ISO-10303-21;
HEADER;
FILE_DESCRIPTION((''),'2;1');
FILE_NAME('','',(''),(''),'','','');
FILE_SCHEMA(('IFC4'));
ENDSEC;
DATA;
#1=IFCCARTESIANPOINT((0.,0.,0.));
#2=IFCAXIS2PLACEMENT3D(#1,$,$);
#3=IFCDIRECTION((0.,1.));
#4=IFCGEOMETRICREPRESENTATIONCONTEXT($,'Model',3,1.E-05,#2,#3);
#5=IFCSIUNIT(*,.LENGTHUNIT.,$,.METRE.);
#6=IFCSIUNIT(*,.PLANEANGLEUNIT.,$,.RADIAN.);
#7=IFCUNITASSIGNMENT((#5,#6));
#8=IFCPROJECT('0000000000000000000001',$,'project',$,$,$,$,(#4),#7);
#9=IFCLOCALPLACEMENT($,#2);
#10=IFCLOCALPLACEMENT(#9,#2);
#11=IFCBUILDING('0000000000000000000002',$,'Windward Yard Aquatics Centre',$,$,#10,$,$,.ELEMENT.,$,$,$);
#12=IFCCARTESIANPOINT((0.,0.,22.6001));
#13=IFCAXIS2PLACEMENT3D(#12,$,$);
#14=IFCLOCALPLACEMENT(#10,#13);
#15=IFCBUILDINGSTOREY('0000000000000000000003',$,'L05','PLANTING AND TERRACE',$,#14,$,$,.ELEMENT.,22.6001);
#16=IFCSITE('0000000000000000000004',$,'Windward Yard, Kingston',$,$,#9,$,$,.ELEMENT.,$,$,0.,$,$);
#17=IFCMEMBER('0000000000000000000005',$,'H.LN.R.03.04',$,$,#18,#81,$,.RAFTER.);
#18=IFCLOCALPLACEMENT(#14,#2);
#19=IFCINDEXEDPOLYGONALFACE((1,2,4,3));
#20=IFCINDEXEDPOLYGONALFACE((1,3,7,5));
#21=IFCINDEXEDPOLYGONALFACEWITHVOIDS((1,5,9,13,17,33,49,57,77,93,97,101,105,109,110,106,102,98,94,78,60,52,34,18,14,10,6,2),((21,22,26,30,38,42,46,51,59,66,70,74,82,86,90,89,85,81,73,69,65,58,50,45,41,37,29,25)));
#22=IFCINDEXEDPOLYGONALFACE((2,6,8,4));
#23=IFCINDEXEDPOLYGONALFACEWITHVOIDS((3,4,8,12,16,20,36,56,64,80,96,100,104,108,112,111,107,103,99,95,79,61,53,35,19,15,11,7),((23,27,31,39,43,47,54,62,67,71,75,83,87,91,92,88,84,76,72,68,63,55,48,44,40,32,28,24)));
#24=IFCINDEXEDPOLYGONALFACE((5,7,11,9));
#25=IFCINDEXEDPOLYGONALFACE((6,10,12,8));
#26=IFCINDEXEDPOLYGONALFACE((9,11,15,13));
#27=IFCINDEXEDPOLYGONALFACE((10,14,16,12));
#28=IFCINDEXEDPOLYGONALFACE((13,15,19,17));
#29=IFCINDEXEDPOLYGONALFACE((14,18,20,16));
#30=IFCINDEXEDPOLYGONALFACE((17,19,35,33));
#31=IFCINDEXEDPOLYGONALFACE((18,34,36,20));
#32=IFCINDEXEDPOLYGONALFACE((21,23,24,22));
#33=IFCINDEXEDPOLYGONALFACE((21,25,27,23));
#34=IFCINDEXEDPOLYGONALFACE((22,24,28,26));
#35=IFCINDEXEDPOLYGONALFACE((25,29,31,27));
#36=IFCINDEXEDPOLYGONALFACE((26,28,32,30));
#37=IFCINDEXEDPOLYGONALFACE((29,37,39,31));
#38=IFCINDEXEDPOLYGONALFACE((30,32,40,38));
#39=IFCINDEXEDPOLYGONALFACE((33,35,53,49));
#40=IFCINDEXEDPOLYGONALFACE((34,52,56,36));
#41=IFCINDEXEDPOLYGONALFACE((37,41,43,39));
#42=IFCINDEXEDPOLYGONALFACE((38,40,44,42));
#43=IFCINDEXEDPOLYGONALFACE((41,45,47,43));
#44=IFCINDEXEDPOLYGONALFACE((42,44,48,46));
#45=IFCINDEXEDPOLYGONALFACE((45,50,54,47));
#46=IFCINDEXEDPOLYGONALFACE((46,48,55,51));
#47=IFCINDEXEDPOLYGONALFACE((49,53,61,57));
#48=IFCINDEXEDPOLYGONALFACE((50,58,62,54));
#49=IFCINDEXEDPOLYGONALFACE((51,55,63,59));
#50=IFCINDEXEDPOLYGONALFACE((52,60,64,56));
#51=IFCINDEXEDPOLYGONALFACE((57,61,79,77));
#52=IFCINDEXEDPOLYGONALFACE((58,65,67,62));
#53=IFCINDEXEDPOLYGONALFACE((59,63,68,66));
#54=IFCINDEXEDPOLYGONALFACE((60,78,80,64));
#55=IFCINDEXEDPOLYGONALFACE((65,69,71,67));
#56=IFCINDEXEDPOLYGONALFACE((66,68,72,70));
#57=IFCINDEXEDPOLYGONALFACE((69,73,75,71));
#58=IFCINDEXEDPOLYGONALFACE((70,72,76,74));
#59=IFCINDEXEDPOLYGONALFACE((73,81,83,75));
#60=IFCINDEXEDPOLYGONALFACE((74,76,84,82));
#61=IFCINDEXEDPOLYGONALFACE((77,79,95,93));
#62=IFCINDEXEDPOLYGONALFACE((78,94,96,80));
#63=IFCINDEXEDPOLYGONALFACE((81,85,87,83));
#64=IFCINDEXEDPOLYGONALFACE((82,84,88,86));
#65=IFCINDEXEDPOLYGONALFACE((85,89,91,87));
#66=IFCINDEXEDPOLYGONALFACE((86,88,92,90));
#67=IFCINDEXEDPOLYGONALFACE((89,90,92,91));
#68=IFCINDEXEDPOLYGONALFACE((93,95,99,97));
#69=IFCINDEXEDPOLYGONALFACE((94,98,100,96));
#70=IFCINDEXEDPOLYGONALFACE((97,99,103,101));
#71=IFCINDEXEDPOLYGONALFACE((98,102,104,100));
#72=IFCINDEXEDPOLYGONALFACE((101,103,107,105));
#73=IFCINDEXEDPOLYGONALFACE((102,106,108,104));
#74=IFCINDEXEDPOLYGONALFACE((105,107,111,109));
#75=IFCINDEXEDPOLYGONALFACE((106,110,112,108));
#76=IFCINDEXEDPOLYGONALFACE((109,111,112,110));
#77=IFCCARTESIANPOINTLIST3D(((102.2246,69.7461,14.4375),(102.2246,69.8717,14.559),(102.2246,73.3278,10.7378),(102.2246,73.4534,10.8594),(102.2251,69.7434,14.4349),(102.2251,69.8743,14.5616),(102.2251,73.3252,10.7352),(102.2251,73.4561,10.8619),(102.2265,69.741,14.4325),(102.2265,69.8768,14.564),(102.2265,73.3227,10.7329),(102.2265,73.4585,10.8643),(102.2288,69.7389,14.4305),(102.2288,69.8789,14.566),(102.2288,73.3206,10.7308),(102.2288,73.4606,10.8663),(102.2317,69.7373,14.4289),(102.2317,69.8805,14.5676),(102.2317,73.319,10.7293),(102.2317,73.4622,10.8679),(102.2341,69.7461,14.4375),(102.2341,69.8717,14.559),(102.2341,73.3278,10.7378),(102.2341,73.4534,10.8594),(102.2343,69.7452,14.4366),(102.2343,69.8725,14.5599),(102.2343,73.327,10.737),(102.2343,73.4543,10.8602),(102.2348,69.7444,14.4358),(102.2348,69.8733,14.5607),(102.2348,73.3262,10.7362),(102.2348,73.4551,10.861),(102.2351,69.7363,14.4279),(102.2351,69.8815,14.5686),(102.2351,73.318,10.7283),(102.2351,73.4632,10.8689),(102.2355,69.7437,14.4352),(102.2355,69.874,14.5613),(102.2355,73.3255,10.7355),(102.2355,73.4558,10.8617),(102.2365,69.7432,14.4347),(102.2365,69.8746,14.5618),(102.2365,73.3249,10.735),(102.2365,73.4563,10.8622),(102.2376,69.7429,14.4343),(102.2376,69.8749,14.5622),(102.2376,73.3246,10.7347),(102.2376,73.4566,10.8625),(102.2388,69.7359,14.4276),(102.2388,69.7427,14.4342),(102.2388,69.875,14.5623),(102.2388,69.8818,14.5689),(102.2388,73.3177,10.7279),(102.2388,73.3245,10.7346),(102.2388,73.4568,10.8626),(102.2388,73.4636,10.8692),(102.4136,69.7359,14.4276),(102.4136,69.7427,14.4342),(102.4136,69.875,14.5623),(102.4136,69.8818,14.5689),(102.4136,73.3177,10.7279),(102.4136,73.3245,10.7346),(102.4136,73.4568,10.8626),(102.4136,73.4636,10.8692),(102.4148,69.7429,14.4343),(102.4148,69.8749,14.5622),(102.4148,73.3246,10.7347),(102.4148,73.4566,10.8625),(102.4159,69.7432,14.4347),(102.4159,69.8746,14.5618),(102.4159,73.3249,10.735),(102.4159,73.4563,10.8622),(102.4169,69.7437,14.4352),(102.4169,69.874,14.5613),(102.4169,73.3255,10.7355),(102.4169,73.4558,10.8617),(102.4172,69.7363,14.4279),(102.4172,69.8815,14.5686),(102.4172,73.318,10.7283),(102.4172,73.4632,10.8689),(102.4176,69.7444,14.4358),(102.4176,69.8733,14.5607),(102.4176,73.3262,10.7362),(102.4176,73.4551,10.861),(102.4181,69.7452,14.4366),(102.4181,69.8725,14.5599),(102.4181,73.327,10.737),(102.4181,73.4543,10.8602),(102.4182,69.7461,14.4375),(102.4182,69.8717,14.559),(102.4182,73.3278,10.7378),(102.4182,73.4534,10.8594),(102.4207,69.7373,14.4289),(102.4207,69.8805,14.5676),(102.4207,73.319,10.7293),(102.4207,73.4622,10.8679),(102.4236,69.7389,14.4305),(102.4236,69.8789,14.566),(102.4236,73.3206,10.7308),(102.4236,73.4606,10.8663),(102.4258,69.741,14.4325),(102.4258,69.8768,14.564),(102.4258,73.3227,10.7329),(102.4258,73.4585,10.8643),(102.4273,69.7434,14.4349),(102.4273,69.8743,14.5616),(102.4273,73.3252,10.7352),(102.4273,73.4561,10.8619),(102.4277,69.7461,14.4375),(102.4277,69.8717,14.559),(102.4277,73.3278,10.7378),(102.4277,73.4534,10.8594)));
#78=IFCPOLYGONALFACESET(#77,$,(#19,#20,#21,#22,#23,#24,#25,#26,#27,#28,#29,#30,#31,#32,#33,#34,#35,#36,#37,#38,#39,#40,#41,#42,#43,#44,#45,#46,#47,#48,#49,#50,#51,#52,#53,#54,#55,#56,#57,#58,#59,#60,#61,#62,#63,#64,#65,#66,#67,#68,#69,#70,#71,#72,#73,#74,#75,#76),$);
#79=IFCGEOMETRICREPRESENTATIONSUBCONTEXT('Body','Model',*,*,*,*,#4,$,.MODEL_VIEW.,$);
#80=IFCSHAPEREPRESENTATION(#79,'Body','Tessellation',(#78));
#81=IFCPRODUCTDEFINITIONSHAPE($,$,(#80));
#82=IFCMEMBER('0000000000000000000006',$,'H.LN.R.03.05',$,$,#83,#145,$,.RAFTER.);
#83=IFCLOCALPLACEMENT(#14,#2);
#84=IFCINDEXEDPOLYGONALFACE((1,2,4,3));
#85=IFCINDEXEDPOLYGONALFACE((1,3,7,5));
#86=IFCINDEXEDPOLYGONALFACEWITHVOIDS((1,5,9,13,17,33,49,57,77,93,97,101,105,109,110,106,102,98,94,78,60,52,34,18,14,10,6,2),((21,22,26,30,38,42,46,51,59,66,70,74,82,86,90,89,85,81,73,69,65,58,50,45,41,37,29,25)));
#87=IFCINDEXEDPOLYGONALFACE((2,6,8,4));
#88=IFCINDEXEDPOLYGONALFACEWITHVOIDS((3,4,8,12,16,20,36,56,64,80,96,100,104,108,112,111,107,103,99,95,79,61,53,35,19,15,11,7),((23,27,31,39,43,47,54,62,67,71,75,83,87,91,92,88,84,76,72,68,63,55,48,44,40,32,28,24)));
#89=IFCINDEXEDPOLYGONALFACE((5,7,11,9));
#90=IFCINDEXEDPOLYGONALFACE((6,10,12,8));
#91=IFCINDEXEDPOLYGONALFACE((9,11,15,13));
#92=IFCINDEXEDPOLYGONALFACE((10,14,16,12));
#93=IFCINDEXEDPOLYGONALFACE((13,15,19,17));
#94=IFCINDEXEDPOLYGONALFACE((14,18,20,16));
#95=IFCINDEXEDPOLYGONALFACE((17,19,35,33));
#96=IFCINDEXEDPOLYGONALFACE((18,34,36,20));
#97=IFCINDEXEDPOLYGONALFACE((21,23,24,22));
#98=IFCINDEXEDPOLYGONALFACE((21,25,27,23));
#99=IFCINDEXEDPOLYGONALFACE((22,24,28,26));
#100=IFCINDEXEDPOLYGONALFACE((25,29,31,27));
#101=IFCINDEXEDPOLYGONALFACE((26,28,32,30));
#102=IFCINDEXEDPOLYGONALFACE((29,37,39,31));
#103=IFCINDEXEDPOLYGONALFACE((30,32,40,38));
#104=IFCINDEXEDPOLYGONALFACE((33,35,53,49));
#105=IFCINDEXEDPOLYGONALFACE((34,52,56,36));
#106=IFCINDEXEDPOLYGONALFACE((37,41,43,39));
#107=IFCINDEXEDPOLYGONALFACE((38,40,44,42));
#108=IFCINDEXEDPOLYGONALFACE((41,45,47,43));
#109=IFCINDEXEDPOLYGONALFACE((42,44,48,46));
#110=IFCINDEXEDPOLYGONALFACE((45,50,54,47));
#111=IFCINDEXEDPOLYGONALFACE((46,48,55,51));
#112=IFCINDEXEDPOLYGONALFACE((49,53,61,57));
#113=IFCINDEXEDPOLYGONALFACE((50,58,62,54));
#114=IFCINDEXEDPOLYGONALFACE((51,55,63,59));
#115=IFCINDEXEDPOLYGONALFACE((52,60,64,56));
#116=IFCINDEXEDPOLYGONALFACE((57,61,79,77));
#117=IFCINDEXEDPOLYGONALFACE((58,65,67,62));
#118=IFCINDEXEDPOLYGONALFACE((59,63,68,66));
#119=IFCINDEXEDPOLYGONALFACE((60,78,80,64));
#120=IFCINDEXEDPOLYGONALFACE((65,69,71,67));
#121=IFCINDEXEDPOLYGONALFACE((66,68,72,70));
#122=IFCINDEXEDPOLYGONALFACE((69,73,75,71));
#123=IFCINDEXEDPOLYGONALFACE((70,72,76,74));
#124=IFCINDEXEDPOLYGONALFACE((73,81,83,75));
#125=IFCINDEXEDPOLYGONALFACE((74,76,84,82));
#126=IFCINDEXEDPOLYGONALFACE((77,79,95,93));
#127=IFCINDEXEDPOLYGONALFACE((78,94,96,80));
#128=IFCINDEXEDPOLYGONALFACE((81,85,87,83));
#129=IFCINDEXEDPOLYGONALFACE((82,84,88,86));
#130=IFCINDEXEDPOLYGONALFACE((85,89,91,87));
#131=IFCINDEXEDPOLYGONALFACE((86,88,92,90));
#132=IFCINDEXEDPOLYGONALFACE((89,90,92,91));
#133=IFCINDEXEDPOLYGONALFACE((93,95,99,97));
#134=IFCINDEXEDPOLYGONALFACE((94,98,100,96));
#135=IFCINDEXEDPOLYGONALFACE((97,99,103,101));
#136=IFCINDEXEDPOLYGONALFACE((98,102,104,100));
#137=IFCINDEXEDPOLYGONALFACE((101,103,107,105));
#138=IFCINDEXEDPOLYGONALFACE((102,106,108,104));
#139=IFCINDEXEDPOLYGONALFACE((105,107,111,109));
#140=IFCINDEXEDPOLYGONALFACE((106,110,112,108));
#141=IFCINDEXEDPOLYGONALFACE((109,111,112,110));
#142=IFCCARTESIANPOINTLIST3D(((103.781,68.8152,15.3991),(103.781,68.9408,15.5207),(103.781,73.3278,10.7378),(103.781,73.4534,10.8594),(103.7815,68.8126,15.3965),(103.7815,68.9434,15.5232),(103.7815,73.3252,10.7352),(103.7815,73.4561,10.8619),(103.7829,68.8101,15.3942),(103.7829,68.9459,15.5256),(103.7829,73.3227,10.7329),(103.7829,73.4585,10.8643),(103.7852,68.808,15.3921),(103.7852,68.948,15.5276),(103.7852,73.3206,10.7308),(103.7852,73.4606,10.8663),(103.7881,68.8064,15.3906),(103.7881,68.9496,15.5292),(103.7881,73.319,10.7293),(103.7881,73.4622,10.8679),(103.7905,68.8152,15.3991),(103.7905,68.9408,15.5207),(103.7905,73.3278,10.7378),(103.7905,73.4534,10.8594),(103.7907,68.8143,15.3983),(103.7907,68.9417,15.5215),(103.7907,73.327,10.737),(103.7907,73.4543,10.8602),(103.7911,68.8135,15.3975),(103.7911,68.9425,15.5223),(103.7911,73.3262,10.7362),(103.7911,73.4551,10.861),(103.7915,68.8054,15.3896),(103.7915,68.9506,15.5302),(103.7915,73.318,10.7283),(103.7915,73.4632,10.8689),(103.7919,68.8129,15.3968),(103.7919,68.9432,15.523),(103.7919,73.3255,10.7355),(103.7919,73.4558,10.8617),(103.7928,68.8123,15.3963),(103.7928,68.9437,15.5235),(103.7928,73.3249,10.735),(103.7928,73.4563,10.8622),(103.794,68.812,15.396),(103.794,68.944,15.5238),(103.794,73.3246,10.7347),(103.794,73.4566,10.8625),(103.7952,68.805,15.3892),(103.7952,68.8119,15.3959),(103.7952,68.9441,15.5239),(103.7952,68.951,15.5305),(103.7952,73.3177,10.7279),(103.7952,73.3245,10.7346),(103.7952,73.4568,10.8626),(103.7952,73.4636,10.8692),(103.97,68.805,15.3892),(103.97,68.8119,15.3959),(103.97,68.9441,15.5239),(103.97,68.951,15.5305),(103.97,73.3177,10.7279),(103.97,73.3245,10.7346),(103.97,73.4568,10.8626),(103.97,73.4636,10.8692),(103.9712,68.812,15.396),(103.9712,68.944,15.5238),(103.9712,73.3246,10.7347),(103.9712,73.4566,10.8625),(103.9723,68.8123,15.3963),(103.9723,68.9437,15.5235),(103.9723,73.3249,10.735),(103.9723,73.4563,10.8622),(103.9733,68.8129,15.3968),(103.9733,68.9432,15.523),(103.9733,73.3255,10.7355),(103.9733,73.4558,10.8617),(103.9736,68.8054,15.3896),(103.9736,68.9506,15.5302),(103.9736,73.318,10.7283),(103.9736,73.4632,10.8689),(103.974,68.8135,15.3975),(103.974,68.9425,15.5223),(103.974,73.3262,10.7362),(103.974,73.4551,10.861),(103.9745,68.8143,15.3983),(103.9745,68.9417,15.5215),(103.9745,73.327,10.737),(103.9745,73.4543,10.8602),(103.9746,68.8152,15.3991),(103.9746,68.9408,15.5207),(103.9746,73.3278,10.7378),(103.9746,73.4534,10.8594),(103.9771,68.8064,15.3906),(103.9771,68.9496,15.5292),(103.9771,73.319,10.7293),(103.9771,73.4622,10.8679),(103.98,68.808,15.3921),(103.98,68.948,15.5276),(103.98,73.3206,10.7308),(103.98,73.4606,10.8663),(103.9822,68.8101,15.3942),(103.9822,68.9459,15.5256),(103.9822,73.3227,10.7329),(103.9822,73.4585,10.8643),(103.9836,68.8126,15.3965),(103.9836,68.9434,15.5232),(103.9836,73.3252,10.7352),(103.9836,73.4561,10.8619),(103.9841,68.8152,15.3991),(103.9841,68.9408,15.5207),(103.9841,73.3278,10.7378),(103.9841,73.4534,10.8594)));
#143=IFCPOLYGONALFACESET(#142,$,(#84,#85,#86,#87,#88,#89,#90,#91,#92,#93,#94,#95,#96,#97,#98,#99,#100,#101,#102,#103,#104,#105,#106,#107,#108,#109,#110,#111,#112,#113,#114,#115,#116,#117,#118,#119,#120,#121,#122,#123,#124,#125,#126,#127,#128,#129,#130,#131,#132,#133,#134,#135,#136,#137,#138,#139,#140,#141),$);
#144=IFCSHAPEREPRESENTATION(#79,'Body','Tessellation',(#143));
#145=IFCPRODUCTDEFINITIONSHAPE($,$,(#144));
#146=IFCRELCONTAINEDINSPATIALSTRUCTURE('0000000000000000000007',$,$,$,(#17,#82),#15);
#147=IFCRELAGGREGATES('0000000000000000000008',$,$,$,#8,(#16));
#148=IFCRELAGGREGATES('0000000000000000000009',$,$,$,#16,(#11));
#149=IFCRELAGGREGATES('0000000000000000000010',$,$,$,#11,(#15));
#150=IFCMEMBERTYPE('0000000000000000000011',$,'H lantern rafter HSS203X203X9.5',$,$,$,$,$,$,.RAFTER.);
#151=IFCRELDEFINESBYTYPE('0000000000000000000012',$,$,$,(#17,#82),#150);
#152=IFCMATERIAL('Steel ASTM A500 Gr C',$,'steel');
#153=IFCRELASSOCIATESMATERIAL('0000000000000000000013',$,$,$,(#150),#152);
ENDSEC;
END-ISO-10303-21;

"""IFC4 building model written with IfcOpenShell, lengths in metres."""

from ifc_helpers import new_model, si_unit, direction, frame, origin, origin_2d, place, context, subcontext, project, spatial, hollow_rectangle, extrude, material, material_profile, profile_set, type_object, element, save


model = new_model("IFC4")

# Units and contexts
model_context = context("Model", 3, precision=1e-05, world=origin(), true_north=direction((0.0, 1.0)))
body_context = subcontext(model_context, "Body", "Model", "MODEL_VIEW")
ifc_project = project(units=[si_unit("LENGTHUNIT", "METRE"), si_unit("PLANEANGLEUNIT", "RADIAN")], contexts=[model_context])

# Site, building, storey
site_placement = place(None, origin())
site = spatial("IfcSite", under=ifc_project, at=site_placement, Name="Windward Yard, Kingston", CompositionType="ELEMENT", RefElevation=0.0)
building_placement = place(site_placement, origin())
building = spatial("IfcBuilding", under=site, at=building_placement, Name="Windward Yard Aquatics Centre", CompositionType="ELEMENT")
storey_placement = place(building_placement, frame((0.0, 0.0, 22.6001)))
storey = spatial("IfcBuildingStorey", under=building, at=storey_placement, Name="L05", Description="PLANTING AND TERRACE", CompositionType="ELEMENT", Elevation=22.6001)

# Members
ifc_material_1 = material(Name="Steel ASTM A500 Gr C", Category="steel")
ifc_material_profile_1 = material_profile(ifc_material_1, hollow_rectangle(XDim=0.2031, YDim=0.2031, WallThickness=0.0095, InnerFilletRadius=0.0046, OuterFilletRadius=0.0142, at=origin_2d()), Name="HSS203X203X9.5")
ifc_profile_set_1 = profile_set([ifc_material_profile_1], Name="Steel ASTM A500 Gr C")
member_type_1 = type_object("IfcMemberType", Name="H lantern rafter HSS203X203X9.5", PredefinedType="RAFTER", material=ifc_profile_set_1)
member_1_placement = place(storey_placement, frame((102.3262, 73.3906, 10.7986), z_axis=(0.0, -0.695564, 0.718464), x_axis=(1.0, 0.0, 0.0)))
element("IfcMember", 1, at=member_1_placement, inside=storey, type_object=member_type_1, Name="H.LN.R.03.04", PredefinedType="RAFTER", context=body_context, shape_type="SweptSolid", body=[
    extrude(hollow_rectangle(XDim=0.2031, YDim=0.2031, WallThickness=0.0095, InnerFilletRadius=0.0046, OuterFilletRadius=0.0142, at=origin_2d()), origin(), (0.0, 0.0, 1.0), 5.1494),
])
member_2_placement = place(storey_placement, frame((103.8826, 73.3906, 10.7986), z_axis=(0.0, -0.695556, 0.718472), x_axis=(1.0, 0.0, 0.0)))
element("IfcMember", 2, at=member_2_placement, inside=storey, type_object=member_type_1, Name="H.LN.R.03.05", PredefinedType="RAFTER", context=body_context, shape_type="SweptSolid", body=[
    extrude(hollow_rectangle(XDim=0.2031, YDim=0.2031, WallThickness=0.0095, InnerFilletRadius=0.0046, OuterFilletRadius=0.0142, at=origin_2d()), origin(), (0.0, 0.0, 1.0), 6.4878),
])

save(model, "model.ifc")
